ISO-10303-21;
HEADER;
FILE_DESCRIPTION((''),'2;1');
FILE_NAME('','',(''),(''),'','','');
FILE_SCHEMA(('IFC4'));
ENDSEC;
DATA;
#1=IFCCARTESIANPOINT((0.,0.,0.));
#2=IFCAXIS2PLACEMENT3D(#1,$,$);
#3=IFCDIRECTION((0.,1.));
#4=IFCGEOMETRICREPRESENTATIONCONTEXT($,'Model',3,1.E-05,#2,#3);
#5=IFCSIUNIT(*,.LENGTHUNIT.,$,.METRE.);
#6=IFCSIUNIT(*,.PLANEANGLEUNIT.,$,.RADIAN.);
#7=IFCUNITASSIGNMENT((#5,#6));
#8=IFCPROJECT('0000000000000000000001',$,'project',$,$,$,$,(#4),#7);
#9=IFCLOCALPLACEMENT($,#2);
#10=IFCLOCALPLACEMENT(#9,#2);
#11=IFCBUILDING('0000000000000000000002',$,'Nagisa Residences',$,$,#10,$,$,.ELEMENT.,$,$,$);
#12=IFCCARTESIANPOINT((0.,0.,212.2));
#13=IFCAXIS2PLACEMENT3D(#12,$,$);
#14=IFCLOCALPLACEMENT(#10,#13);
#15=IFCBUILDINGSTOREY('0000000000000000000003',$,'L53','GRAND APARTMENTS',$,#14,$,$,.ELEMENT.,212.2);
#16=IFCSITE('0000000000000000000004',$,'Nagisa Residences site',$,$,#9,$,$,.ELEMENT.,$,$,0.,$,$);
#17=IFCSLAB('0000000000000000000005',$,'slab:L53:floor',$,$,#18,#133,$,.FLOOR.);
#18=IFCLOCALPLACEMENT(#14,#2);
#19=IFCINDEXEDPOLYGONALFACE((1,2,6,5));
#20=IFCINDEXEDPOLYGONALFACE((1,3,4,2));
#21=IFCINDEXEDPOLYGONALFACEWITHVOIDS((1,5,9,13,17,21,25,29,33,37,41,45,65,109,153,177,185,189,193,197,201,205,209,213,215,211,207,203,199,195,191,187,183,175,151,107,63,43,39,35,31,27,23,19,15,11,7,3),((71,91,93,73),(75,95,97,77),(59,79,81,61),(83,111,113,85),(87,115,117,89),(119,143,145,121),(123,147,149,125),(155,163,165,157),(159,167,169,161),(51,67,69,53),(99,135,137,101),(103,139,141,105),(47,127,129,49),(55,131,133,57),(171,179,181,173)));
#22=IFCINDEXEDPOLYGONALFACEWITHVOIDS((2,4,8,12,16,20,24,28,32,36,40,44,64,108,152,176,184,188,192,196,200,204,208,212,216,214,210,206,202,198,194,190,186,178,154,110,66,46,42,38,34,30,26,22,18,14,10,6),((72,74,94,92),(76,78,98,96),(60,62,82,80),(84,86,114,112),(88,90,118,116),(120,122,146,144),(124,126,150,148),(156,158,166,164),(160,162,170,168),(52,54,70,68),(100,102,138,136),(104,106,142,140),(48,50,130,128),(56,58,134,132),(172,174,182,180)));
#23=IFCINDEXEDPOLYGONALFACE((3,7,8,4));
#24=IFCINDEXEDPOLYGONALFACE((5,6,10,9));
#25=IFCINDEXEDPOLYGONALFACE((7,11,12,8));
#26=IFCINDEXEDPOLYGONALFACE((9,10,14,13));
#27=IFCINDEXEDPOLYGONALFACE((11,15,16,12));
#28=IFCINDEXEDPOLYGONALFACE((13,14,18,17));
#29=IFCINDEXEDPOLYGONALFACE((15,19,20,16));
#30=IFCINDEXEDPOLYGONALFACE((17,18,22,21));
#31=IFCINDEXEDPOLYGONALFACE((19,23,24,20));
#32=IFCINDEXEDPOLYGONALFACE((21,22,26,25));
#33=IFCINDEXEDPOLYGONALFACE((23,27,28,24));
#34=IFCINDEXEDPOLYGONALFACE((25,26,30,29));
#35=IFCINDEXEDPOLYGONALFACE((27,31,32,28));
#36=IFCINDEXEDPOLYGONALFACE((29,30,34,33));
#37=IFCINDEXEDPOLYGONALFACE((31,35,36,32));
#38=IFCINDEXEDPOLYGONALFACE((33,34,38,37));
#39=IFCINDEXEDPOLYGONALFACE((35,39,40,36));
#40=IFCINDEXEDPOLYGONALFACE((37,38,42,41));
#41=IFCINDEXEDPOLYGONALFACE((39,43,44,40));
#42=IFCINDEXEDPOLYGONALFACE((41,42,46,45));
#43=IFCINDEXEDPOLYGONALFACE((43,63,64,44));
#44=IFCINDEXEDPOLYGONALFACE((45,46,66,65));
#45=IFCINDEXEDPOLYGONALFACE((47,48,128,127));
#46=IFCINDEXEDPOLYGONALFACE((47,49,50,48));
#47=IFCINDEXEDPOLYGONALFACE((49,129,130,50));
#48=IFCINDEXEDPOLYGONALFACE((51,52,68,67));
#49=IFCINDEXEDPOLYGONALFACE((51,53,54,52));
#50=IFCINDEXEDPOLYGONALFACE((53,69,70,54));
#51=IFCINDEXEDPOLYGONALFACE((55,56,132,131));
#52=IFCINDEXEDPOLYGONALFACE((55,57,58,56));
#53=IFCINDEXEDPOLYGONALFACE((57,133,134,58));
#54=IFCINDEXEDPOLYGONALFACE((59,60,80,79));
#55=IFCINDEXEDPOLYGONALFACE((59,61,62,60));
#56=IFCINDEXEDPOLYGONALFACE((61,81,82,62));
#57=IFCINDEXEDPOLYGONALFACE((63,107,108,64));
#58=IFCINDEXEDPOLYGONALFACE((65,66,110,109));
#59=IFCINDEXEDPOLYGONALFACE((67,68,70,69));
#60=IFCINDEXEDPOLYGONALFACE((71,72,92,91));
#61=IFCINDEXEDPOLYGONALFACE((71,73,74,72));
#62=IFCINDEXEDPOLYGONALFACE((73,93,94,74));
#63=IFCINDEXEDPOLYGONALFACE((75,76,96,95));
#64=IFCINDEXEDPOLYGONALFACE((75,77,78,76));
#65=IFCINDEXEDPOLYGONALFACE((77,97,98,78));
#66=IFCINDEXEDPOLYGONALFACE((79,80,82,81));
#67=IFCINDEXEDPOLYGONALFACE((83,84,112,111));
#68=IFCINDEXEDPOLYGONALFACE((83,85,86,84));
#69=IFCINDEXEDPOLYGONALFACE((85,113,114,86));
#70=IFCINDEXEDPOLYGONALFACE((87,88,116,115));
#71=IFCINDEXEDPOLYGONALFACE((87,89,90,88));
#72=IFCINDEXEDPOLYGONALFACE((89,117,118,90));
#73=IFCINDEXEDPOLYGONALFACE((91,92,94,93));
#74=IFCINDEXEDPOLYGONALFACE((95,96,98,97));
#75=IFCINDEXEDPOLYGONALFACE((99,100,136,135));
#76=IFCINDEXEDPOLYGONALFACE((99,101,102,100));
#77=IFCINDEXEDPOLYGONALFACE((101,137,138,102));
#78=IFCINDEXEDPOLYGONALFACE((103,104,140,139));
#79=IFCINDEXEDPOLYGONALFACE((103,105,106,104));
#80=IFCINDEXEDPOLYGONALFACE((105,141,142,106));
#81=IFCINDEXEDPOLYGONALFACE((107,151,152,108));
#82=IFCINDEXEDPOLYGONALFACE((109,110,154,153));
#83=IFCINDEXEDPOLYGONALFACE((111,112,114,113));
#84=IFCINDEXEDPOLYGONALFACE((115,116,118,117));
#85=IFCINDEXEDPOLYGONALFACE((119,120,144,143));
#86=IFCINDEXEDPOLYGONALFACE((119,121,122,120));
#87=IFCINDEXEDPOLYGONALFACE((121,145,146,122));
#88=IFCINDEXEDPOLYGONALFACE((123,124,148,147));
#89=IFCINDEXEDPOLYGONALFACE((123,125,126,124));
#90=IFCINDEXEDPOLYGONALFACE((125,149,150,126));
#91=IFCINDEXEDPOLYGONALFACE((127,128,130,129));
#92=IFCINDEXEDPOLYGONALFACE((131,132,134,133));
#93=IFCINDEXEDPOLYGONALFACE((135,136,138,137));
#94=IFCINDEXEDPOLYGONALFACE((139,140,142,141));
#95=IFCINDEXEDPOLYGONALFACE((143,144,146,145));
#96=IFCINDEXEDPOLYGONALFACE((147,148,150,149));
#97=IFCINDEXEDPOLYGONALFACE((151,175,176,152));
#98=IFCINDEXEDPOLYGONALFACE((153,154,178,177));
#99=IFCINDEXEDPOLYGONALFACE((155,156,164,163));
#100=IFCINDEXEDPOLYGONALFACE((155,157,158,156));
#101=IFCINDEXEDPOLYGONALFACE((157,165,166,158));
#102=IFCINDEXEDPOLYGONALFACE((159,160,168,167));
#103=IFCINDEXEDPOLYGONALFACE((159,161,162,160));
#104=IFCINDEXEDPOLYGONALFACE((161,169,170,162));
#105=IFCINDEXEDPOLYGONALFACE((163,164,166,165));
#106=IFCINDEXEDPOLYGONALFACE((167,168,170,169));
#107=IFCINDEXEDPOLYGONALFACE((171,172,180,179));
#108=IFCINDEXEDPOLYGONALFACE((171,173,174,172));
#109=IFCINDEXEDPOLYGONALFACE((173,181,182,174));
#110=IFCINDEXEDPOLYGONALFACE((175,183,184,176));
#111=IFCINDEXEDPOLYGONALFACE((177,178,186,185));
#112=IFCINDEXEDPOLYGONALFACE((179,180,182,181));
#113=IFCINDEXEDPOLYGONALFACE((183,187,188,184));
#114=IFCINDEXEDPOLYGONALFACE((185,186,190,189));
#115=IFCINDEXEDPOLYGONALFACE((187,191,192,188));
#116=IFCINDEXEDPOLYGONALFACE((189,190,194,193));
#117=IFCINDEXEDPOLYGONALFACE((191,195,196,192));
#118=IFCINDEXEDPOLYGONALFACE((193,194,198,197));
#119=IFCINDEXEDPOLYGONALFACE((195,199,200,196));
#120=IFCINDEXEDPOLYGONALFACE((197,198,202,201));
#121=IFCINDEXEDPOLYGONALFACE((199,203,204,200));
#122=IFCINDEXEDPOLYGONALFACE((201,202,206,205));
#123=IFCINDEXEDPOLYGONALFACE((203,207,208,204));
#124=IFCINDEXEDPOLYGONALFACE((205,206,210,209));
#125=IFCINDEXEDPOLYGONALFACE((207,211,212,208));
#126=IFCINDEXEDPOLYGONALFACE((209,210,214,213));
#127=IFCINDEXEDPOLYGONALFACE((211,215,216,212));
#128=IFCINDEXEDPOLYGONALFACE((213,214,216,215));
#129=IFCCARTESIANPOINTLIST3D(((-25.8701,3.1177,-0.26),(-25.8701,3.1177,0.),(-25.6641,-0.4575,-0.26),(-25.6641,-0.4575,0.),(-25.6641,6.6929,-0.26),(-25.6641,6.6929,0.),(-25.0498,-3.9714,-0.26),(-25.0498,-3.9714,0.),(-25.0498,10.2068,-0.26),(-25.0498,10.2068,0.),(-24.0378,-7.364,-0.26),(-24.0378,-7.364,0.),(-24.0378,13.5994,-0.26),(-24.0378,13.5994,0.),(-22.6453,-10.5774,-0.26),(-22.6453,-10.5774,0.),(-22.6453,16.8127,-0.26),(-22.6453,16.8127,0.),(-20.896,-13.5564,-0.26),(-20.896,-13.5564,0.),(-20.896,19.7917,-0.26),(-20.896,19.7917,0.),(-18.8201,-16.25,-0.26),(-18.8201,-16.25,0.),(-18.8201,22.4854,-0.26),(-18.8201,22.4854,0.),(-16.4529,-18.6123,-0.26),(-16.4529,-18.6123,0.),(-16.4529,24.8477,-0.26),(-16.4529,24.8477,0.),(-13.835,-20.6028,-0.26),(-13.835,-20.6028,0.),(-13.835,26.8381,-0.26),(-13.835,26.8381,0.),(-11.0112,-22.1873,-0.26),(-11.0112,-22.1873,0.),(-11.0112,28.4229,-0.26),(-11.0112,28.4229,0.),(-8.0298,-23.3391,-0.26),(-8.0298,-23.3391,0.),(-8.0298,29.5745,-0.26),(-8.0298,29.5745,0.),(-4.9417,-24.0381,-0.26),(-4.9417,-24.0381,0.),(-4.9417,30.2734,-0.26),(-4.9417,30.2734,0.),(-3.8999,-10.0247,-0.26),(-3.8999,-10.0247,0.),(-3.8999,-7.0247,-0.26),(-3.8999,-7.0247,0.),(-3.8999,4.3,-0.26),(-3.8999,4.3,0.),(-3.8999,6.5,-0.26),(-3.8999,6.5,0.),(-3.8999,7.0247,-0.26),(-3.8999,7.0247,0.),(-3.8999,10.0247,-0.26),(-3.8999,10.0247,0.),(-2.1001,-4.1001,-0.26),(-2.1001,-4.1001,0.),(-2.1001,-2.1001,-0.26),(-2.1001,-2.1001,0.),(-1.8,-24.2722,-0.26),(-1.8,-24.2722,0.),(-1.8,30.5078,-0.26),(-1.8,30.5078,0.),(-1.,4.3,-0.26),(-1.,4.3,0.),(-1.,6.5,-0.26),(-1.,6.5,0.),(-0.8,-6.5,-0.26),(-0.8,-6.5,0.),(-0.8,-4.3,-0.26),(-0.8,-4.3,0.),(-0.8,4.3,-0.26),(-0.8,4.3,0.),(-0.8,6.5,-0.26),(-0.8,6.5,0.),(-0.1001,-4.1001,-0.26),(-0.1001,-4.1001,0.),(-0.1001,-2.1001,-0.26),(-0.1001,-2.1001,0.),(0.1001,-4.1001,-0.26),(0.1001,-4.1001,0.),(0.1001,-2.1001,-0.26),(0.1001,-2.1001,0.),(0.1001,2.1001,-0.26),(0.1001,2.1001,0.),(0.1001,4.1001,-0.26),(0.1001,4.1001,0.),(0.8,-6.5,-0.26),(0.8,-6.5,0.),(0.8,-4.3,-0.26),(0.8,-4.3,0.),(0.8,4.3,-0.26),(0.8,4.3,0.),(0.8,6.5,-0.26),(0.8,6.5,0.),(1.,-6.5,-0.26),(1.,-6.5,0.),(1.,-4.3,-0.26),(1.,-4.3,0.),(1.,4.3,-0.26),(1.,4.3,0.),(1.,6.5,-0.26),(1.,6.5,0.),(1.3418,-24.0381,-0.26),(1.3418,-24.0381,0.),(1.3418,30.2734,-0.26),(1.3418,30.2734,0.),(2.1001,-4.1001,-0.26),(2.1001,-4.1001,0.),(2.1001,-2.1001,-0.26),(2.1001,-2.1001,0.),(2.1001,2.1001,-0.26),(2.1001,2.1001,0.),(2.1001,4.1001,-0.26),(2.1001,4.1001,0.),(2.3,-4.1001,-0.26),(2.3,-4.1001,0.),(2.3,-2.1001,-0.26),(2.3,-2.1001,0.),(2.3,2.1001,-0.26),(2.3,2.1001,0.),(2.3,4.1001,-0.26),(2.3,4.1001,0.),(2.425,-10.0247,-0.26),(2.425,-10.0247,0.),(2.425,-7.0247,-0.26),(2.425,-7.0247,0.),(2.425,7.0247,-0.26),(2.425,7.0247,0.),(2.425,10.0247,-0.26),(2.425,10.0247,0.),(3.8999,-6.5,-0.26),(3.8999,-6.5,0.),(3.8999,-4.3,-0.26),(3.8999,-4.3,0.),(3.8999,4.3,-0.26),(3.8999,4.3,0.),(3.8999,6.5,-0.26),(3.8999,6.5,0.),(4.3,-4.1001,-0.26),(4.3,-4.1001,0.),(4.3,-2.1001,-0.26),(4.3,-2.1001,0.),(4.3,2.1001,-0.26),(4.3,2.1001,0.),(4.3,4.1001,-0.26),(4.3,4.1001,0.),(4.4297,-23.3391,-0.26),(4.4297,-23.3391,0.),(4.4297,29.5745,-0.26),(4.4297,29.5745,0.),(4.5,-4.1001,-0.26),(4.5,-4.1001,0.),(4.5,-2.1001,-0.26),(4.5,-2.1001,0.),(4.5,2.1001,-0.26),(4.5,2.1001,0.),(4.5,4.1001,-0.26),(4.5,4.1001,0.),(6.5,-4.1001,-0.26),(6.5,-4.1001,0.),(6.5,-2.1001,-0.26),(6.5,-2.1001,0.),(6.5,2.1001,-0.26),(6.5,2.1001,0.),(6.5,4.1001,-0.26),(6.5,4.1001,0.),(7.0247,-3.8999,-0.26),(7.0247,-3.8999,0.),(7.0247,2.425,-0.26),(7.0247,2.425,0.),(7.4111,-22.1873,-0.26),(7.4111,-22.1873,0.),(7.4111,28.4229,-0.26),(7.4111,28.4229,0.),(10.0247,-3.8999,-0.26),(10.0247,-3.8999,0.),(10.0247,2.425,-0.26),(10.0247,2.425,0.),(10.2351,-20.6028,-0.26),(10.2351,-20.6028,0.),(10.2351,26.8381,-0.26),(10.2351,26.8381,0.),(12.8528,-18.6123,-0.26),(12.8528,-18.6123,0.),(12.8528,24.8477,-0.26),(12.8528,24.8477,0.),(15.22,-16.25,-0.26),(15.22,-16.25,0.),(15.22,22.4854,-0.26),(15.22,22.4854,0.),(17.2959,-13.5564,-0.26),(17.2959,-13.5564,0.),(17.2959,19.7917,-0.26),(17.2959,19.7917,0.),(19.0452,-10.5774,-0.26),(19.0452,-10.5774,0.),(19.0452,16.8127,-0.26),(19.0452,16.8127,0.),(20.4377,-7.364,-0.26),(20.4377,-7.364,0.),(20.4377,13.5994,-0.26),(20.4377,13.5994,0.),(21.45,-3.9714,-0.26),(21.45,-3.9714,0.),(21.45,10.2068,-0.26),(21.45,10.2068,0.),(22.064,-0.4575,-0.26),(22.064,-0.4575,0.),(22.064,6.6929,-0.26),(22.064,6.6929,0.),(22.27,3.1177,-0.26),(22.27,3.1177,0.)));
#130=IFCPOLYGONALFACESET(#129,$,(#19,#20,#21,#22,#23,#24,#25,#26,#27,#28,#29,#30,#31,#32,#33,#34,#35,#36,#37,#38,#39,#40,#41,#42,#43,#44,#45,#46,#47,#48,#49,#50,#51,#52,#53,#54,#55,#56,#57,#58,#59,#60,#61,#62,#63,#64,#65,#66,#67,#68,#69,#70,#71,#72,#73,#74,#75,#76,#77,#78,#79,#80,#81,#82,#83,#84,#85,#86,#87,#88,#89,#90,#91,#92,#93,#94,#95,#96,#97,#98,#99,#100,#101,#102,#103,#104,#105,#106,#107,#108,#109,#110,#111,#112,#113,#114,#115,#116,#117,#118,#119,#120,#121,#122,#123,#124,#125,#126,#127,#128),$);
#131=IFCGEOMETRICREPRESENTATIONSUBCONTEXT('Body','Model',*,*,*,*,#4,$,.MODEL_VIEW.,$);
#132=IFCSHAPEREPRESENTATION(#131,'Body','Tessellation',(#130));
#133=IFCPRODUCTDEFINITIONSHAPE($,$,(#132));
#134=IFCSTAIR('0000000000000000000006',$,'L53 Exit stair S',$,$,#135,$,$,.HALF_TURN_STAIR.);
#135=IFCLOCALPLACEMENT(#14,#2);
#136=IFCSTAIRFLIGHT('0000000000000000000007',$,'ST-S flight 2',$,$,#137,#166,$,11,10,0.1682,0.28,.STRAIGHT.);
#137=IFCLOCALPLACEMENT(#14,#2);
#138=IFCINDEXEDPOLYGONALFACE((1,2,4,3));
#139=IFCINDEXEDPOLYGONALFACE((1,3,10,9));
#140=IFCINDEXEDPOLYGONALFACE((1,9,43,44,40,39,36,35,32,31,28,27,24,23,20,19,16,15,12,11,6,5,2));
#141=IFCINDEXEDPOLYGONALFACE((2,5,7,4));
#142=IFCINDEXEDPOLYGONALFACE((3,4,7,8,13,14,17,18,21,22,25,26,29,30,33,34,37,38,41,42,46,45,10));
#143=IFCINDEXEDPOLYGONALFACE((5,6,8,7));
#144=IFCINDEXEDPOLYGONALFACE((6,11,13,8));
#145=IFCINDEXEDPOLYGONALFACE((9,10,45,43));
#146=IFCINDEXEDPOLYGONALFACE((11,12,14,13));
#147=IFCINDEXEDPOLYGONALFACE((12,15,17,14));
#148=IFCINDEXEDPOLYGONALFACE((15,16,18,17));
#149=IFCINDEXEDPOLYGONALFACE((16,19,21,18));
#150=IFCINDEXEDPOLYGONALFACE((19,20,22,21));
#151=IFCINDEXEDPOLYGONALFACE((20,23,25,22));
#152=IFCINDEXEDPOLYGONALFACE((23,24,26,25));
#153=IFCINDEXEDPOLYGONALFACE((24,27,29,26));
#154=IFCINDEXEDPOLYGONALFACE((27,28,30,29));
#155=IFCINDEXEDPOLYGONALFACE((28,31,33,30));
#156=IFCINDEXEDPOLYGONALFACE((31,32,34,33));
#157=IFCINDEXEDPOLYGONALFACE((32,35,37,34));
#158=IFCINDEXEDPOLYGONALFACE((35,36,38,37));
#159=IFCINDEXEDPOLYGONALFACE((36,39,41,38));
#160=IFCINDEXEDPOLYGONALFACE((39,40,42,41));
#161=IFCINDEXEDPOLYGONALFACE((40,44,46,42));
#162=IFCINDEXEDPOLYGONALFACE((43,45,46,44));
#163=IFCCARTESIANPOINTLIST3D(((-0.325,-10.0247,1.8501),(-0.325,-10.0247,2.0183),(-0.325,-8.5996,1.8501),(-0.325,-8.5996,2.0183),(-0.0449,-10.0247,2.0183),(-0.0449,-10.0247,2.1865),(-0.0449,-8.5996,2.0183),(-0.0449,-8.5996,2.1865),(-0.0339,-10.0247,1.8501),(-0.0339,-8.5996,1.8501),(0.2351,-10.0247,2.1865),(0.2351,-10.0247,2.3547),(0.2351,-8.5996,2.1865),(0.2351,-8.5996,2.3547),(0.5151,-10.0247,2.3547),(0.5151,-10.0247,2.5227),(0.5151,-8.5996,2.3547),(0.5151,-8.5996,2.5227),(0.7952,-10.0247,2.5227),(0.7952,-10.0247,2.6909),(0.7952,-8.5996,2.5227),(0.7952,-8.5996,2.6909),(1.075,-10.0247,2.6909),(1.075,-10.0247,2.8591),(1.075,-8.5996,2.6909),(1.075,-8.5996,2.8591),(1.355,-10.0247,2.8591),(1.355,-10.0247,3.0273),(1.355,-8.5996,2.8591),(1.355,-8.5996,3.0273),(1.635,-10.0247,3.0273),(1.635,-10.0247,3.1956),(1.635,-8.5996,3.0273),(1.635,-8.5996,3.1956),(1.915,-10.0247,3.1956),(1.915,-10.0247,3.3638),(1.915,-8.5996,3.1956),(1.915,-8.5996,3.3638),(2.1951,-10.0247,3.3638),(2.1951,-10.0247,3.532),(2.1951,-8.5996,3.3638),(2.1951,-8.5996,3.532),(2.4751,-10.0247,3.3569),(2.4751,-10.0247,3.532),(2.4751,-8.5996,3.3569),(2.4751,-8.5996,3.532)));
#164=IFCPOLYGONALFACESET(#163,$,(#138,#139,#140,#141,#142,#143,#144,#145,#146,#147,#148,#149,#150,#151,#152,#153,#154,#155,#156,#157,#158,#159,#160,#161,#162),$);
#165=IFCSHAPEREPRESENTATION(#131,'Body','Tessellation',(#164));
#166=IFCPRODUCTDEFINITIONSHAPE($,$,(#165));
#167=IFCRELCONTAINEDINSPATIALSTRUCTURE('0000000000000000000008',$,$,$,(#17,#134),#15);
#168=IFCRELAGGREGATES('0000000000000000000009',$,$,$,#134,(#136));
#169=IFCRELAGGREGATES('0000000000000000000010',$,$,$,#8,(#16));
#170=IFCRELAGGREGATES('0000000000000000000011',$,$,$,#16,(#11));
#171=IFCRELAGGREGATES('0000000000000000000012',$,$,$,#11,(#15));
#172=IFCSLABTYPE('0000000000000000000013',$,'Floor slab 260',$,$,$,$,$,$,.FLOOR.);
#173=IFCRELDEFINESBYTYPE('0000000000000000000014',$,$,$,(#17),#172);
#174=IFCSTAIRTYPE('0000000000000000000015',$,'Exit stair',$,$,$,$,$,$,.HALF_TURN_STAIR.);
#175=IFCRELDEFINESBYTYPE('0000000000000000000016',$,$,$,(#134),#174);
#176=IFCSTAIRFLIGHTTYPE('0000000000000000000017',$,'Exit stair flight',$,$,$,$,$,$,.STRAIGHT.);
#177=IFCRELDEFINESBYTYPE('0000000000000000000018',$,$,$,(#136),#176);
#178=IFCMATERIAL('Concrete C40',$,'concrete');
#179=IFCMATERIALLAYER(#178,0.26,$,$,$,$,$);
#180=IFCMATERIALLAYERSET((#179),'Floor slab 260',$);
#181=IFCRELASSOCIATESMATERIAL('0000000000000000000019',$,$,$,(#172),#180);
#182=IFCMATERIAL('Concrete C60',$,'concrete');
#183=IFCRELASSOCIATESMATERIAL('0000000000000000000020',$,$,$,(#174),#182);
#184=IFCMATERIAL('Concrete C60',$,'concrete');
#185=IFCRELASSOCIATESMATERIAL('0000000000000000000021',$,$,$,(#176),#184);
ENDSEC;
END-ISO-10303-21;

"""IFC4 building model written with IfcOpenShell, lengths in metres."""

from ifc_helpers import new_model, si_unit, direction, frame, origin, place, context, subcontext, project, spatial, polyline, outline, extrude, material, layer, layer_set, type_object, element, aggregate, save


model = new_model("IFC4")

# Units and contexts
model_context = context("Model", 3, precision=1e-05, world=origin(), true_north=direction((0.0, 1.0)))
body_context = subcontext(model_context, "Body", "Model", "MODEL_VIEW")
ifc_project = project(units=[si_unit("LENGTHUNIT", "METRE"), si_unit("PLANEANGLEUNIT", "RADIAN")], contexts=[model_context])

# Site, building, storey
site_placement = place(None, origin())
site = spatial("IfcSite", under=ifc_project, at=site_placement, Name="Nagisa Residences site", CompositionType="ELEMENT", RefElevation=0.0)
building_placement = place(site_placement, origin())
building = spatial("IfcBuilding", under=site, at=building_placement, Name="Nagisa Residences", CompositionType="ELEMENT")
storey_placement = place(building_placement, frame((0.0, 0.0, 212.2)))
storey = spatial("IfcBuildingStorey", under=building, at=storey_placement, Name="L53", Description="GRAND APARTMENTS", CompositionType="ELEMENT", Elevation=212.2)

# Slab
ifc_material_1 = material(Name="Concrete C40", Category="concrete")
ifc_layer_1 = layer(ifc_material_1, 0.26)
ifc_layer_set_1 = layer_set([ifc_layer_1], Name="Floor slab 260")
slab_type_1 = type_object("IfcSlabType", Name="Floor slab 260", PredefinedType="FLOOR", material=ifc_layer_set_1)
slab_1_placement = place(storey_placement, frame((0.0, 0.0, -0.26)))
element("IfcSlab", 1, at=slab_1_placement, inside=storey, type_object=slab_type_1, Name="slab:L53:floor", PredefinedType="FLOOR", context=body_context, shape_type="SweptSolid", body=[
    extrude(outline(polyline([(22.27, 3.1177), (22.064, 6.6929), (21.45, 10.2068), (20.4377, 13.5994), (19.0452, 16.8127), (17.2959, 19.7917), (15.22, 22.4854), (12.8528, 24.8477), (10.2351, 26.8381), (7.4111, 28.4229), (4.4297, 29.5745), (1.3418, 30.2734), (-1.8, 30.5078), (-4.9417, 30.2734), (-8.0298, 29.5745), (-11.0112, 28.4229), (-13.835, 26.8381), (-16.4529, 24.8477), (-18.8201, 22.4854), (-20.896, 19.7917), (-22.6453, 16.8127), (-24.0378, 13.5994), (-25.0498, 10.2068), (-25.6641, 6.6929), (-25.8701, 3.1177), (-25.6641, -0.4575), (-25.0498, -3.9714), (-24.0378, -7.364), (-22.6453, -10.5774), (-20.896, -13.5564), (-18.8201, -16.25), (-16.4529, -18.6123), (-13.835, -20.6028), (-11.0112, -22.1873), (-8.0298, -23.3391), (-4.9417, -24.0381), (-1.8, -24.2722), (1.3418, -24.0381), (4.4297, -23.3391), (7.4111, -22.1873), (10.2351, -20.6028), (12.8528, -18.6123), (15.22, -16.25), (17.2959, -13.5564), (19.0452, -10.5774), (20.4377, -7.364), (21.45, -3.9714), (22.064, -0.4575), (22.27, 3.1177)]), holes=[polyline([(2.1001, 2.1001), (2.1001, 4.1001), (0.1001, 4.1001), (0.1001, 2.1001), (2.1001, 2.1001)]), polyline([(4.3, 2.1001), (4.3, 4.1001), (2.3, 4.1001), (2.3, 2.1001), (4.3, 2.1001)]), polyline([(6.5, 2.1001), (6.5, 4.1001), (4.5, 4.1001), (4.5, 2.1001), (6.5, 2.1001)]), polyline([(-0.1001, -4.1001), (-0.1001, -2.1001), (-2.1001, -2.1001), (-2.1001, -4.1001), (-0.1001, -4.1001)]), polyline([(2.1001, -4.1001), (2.1001, -2.1001), (0.1001, -2.1001), (0.1001, -4.1001), (2.1001, -4.1001)]), polyline([(4.3, -4.1001), (4.3, -2.1001), (2.3, -2.1001), (2.3, -4.1001), (4.3, -4.1001)]), polyline([(6.5, -4.1001), (6.5, -2.1001), (4.5, -2.1001), (4.5, -4.1001), (6.5, -4.1001)]), polyline([(3.8999, 4.3), (3.8999, 6.5), (1.0, 6.5), (1.0, 4.3), (3.8999, 4.3)]), polyline([(3.8999, -6.5), (3.8999, -4.3), (1.0, -4.3), (1.0, -6.5), (3.8999, -6.5)]), polyline([(-1.0, 4.3), (-1.0, 6.5), (-3.8999, 6.5), (-3.8999, 4.3), (-1.0, 4.3)]), polyline([(0.8, 4.3), (0.8, 6.5), (-0.8, 6.5), (-0.8, 4.3), (0.8, 4.3)]), polyline([(0.8, -6.5), (0.8, -4.3), (-0.8, -4.3), (-0.8, -6.5), (0.8, -6.5)]), polyline([(10.0247, -3.8999), (7.0247, -3.8999), (7.0247, 2.425), (10.0247, 2.425), (10.0247, -3.8999)]), polyline([(-3.8999, 7.0247), (-3.8999, 10.0247), (2.425, 10.0247), (2.425, 7.0247), (-3.8999, 7.0247)]), polyline([(-3.8999, -10.0247), (-3.8999, -7.0247), (2.425, -7.0247), (2.425, -10.0247), (-3.8999, -10.0247)])]), origin(), (0.0, 0.0, 1.0), 0.26),
])

# Stair, stair flight
ifc_material_2 = material(Name="Concrete C60", Category="concrete")
stair_type = type_object("IfcStairType", Name="Exit stair", PredefinedType="HALF_TURN_STAIR", material=ifc_material_2)
stair_placement = place(storey_placement, origin())
stair = element("IfcStair", 2, at=stair_placement, inside=storey, type_object=stair_type, Name="L53 Exit stair S", PredefinedType="HALF_TURN_STAIR")
ifc_material_3 = material(Name="Concrete C60", Category="concrete")
stair_flight_type = type_object("IfcStairFlightType", Name="Exit stair flight", PredefinedType="STRAIGHT", material=ifc_material_3)
stair_flight_placement = place(storey_placement, frame((-0.325, -9.312, 1.8501), z_axis=(0.0, 0.0, 1.0), x_axis=(1.0, 0.0, 0.0)))
stair_flight = element("IfcStairFlight", 3, at=stair_flight_placement, type_object=stair_flight_type, Name="ST-S flight 2", NumberOfRisers=11, NumberOfTreads=10, PredefinedType="STRAIGHT", RiserHeight=0.1682, TreadLength=0.28, context=body_context, shape_type="SweptSolid", body=[
    extrude(outline(polyline([(0.0, 0.0), (0.0, 0.1682), (0.28, 0.1682), (0.28, 0.3364), (0.5601, 0.3364), (0.5601, 0.5046), (0.8401, 0.5046), (0.8401, 0.6726), (1.1201, 0.6726), (1.1201, 0.8408), (1.3999, 0.8408), (1.3999, 1.009), (1.6799, 1.009), (1.6799, 1.1772), (1.96, 1.1772), (1.96, 1.3455), (2.24, 1.3455), (2.24, 1.5137), (2.52, 1.5137), (2.52, 1.6819), (2.8, 1.6819), (2.8, 1.8501), (2.8, 1.5068), (0.291, 0.0), (0.0, 0.0)])), frame((0.0, 0.7124, 0.0), z_axis=(0.0, -1.0, 0.0), x_axis=(1.0, 0.0, 0.0)), (0.0, 0.0, 1.0), 1.425),
])
aggregate(stair, [stair_flight])

save(model, "model.ifc")
